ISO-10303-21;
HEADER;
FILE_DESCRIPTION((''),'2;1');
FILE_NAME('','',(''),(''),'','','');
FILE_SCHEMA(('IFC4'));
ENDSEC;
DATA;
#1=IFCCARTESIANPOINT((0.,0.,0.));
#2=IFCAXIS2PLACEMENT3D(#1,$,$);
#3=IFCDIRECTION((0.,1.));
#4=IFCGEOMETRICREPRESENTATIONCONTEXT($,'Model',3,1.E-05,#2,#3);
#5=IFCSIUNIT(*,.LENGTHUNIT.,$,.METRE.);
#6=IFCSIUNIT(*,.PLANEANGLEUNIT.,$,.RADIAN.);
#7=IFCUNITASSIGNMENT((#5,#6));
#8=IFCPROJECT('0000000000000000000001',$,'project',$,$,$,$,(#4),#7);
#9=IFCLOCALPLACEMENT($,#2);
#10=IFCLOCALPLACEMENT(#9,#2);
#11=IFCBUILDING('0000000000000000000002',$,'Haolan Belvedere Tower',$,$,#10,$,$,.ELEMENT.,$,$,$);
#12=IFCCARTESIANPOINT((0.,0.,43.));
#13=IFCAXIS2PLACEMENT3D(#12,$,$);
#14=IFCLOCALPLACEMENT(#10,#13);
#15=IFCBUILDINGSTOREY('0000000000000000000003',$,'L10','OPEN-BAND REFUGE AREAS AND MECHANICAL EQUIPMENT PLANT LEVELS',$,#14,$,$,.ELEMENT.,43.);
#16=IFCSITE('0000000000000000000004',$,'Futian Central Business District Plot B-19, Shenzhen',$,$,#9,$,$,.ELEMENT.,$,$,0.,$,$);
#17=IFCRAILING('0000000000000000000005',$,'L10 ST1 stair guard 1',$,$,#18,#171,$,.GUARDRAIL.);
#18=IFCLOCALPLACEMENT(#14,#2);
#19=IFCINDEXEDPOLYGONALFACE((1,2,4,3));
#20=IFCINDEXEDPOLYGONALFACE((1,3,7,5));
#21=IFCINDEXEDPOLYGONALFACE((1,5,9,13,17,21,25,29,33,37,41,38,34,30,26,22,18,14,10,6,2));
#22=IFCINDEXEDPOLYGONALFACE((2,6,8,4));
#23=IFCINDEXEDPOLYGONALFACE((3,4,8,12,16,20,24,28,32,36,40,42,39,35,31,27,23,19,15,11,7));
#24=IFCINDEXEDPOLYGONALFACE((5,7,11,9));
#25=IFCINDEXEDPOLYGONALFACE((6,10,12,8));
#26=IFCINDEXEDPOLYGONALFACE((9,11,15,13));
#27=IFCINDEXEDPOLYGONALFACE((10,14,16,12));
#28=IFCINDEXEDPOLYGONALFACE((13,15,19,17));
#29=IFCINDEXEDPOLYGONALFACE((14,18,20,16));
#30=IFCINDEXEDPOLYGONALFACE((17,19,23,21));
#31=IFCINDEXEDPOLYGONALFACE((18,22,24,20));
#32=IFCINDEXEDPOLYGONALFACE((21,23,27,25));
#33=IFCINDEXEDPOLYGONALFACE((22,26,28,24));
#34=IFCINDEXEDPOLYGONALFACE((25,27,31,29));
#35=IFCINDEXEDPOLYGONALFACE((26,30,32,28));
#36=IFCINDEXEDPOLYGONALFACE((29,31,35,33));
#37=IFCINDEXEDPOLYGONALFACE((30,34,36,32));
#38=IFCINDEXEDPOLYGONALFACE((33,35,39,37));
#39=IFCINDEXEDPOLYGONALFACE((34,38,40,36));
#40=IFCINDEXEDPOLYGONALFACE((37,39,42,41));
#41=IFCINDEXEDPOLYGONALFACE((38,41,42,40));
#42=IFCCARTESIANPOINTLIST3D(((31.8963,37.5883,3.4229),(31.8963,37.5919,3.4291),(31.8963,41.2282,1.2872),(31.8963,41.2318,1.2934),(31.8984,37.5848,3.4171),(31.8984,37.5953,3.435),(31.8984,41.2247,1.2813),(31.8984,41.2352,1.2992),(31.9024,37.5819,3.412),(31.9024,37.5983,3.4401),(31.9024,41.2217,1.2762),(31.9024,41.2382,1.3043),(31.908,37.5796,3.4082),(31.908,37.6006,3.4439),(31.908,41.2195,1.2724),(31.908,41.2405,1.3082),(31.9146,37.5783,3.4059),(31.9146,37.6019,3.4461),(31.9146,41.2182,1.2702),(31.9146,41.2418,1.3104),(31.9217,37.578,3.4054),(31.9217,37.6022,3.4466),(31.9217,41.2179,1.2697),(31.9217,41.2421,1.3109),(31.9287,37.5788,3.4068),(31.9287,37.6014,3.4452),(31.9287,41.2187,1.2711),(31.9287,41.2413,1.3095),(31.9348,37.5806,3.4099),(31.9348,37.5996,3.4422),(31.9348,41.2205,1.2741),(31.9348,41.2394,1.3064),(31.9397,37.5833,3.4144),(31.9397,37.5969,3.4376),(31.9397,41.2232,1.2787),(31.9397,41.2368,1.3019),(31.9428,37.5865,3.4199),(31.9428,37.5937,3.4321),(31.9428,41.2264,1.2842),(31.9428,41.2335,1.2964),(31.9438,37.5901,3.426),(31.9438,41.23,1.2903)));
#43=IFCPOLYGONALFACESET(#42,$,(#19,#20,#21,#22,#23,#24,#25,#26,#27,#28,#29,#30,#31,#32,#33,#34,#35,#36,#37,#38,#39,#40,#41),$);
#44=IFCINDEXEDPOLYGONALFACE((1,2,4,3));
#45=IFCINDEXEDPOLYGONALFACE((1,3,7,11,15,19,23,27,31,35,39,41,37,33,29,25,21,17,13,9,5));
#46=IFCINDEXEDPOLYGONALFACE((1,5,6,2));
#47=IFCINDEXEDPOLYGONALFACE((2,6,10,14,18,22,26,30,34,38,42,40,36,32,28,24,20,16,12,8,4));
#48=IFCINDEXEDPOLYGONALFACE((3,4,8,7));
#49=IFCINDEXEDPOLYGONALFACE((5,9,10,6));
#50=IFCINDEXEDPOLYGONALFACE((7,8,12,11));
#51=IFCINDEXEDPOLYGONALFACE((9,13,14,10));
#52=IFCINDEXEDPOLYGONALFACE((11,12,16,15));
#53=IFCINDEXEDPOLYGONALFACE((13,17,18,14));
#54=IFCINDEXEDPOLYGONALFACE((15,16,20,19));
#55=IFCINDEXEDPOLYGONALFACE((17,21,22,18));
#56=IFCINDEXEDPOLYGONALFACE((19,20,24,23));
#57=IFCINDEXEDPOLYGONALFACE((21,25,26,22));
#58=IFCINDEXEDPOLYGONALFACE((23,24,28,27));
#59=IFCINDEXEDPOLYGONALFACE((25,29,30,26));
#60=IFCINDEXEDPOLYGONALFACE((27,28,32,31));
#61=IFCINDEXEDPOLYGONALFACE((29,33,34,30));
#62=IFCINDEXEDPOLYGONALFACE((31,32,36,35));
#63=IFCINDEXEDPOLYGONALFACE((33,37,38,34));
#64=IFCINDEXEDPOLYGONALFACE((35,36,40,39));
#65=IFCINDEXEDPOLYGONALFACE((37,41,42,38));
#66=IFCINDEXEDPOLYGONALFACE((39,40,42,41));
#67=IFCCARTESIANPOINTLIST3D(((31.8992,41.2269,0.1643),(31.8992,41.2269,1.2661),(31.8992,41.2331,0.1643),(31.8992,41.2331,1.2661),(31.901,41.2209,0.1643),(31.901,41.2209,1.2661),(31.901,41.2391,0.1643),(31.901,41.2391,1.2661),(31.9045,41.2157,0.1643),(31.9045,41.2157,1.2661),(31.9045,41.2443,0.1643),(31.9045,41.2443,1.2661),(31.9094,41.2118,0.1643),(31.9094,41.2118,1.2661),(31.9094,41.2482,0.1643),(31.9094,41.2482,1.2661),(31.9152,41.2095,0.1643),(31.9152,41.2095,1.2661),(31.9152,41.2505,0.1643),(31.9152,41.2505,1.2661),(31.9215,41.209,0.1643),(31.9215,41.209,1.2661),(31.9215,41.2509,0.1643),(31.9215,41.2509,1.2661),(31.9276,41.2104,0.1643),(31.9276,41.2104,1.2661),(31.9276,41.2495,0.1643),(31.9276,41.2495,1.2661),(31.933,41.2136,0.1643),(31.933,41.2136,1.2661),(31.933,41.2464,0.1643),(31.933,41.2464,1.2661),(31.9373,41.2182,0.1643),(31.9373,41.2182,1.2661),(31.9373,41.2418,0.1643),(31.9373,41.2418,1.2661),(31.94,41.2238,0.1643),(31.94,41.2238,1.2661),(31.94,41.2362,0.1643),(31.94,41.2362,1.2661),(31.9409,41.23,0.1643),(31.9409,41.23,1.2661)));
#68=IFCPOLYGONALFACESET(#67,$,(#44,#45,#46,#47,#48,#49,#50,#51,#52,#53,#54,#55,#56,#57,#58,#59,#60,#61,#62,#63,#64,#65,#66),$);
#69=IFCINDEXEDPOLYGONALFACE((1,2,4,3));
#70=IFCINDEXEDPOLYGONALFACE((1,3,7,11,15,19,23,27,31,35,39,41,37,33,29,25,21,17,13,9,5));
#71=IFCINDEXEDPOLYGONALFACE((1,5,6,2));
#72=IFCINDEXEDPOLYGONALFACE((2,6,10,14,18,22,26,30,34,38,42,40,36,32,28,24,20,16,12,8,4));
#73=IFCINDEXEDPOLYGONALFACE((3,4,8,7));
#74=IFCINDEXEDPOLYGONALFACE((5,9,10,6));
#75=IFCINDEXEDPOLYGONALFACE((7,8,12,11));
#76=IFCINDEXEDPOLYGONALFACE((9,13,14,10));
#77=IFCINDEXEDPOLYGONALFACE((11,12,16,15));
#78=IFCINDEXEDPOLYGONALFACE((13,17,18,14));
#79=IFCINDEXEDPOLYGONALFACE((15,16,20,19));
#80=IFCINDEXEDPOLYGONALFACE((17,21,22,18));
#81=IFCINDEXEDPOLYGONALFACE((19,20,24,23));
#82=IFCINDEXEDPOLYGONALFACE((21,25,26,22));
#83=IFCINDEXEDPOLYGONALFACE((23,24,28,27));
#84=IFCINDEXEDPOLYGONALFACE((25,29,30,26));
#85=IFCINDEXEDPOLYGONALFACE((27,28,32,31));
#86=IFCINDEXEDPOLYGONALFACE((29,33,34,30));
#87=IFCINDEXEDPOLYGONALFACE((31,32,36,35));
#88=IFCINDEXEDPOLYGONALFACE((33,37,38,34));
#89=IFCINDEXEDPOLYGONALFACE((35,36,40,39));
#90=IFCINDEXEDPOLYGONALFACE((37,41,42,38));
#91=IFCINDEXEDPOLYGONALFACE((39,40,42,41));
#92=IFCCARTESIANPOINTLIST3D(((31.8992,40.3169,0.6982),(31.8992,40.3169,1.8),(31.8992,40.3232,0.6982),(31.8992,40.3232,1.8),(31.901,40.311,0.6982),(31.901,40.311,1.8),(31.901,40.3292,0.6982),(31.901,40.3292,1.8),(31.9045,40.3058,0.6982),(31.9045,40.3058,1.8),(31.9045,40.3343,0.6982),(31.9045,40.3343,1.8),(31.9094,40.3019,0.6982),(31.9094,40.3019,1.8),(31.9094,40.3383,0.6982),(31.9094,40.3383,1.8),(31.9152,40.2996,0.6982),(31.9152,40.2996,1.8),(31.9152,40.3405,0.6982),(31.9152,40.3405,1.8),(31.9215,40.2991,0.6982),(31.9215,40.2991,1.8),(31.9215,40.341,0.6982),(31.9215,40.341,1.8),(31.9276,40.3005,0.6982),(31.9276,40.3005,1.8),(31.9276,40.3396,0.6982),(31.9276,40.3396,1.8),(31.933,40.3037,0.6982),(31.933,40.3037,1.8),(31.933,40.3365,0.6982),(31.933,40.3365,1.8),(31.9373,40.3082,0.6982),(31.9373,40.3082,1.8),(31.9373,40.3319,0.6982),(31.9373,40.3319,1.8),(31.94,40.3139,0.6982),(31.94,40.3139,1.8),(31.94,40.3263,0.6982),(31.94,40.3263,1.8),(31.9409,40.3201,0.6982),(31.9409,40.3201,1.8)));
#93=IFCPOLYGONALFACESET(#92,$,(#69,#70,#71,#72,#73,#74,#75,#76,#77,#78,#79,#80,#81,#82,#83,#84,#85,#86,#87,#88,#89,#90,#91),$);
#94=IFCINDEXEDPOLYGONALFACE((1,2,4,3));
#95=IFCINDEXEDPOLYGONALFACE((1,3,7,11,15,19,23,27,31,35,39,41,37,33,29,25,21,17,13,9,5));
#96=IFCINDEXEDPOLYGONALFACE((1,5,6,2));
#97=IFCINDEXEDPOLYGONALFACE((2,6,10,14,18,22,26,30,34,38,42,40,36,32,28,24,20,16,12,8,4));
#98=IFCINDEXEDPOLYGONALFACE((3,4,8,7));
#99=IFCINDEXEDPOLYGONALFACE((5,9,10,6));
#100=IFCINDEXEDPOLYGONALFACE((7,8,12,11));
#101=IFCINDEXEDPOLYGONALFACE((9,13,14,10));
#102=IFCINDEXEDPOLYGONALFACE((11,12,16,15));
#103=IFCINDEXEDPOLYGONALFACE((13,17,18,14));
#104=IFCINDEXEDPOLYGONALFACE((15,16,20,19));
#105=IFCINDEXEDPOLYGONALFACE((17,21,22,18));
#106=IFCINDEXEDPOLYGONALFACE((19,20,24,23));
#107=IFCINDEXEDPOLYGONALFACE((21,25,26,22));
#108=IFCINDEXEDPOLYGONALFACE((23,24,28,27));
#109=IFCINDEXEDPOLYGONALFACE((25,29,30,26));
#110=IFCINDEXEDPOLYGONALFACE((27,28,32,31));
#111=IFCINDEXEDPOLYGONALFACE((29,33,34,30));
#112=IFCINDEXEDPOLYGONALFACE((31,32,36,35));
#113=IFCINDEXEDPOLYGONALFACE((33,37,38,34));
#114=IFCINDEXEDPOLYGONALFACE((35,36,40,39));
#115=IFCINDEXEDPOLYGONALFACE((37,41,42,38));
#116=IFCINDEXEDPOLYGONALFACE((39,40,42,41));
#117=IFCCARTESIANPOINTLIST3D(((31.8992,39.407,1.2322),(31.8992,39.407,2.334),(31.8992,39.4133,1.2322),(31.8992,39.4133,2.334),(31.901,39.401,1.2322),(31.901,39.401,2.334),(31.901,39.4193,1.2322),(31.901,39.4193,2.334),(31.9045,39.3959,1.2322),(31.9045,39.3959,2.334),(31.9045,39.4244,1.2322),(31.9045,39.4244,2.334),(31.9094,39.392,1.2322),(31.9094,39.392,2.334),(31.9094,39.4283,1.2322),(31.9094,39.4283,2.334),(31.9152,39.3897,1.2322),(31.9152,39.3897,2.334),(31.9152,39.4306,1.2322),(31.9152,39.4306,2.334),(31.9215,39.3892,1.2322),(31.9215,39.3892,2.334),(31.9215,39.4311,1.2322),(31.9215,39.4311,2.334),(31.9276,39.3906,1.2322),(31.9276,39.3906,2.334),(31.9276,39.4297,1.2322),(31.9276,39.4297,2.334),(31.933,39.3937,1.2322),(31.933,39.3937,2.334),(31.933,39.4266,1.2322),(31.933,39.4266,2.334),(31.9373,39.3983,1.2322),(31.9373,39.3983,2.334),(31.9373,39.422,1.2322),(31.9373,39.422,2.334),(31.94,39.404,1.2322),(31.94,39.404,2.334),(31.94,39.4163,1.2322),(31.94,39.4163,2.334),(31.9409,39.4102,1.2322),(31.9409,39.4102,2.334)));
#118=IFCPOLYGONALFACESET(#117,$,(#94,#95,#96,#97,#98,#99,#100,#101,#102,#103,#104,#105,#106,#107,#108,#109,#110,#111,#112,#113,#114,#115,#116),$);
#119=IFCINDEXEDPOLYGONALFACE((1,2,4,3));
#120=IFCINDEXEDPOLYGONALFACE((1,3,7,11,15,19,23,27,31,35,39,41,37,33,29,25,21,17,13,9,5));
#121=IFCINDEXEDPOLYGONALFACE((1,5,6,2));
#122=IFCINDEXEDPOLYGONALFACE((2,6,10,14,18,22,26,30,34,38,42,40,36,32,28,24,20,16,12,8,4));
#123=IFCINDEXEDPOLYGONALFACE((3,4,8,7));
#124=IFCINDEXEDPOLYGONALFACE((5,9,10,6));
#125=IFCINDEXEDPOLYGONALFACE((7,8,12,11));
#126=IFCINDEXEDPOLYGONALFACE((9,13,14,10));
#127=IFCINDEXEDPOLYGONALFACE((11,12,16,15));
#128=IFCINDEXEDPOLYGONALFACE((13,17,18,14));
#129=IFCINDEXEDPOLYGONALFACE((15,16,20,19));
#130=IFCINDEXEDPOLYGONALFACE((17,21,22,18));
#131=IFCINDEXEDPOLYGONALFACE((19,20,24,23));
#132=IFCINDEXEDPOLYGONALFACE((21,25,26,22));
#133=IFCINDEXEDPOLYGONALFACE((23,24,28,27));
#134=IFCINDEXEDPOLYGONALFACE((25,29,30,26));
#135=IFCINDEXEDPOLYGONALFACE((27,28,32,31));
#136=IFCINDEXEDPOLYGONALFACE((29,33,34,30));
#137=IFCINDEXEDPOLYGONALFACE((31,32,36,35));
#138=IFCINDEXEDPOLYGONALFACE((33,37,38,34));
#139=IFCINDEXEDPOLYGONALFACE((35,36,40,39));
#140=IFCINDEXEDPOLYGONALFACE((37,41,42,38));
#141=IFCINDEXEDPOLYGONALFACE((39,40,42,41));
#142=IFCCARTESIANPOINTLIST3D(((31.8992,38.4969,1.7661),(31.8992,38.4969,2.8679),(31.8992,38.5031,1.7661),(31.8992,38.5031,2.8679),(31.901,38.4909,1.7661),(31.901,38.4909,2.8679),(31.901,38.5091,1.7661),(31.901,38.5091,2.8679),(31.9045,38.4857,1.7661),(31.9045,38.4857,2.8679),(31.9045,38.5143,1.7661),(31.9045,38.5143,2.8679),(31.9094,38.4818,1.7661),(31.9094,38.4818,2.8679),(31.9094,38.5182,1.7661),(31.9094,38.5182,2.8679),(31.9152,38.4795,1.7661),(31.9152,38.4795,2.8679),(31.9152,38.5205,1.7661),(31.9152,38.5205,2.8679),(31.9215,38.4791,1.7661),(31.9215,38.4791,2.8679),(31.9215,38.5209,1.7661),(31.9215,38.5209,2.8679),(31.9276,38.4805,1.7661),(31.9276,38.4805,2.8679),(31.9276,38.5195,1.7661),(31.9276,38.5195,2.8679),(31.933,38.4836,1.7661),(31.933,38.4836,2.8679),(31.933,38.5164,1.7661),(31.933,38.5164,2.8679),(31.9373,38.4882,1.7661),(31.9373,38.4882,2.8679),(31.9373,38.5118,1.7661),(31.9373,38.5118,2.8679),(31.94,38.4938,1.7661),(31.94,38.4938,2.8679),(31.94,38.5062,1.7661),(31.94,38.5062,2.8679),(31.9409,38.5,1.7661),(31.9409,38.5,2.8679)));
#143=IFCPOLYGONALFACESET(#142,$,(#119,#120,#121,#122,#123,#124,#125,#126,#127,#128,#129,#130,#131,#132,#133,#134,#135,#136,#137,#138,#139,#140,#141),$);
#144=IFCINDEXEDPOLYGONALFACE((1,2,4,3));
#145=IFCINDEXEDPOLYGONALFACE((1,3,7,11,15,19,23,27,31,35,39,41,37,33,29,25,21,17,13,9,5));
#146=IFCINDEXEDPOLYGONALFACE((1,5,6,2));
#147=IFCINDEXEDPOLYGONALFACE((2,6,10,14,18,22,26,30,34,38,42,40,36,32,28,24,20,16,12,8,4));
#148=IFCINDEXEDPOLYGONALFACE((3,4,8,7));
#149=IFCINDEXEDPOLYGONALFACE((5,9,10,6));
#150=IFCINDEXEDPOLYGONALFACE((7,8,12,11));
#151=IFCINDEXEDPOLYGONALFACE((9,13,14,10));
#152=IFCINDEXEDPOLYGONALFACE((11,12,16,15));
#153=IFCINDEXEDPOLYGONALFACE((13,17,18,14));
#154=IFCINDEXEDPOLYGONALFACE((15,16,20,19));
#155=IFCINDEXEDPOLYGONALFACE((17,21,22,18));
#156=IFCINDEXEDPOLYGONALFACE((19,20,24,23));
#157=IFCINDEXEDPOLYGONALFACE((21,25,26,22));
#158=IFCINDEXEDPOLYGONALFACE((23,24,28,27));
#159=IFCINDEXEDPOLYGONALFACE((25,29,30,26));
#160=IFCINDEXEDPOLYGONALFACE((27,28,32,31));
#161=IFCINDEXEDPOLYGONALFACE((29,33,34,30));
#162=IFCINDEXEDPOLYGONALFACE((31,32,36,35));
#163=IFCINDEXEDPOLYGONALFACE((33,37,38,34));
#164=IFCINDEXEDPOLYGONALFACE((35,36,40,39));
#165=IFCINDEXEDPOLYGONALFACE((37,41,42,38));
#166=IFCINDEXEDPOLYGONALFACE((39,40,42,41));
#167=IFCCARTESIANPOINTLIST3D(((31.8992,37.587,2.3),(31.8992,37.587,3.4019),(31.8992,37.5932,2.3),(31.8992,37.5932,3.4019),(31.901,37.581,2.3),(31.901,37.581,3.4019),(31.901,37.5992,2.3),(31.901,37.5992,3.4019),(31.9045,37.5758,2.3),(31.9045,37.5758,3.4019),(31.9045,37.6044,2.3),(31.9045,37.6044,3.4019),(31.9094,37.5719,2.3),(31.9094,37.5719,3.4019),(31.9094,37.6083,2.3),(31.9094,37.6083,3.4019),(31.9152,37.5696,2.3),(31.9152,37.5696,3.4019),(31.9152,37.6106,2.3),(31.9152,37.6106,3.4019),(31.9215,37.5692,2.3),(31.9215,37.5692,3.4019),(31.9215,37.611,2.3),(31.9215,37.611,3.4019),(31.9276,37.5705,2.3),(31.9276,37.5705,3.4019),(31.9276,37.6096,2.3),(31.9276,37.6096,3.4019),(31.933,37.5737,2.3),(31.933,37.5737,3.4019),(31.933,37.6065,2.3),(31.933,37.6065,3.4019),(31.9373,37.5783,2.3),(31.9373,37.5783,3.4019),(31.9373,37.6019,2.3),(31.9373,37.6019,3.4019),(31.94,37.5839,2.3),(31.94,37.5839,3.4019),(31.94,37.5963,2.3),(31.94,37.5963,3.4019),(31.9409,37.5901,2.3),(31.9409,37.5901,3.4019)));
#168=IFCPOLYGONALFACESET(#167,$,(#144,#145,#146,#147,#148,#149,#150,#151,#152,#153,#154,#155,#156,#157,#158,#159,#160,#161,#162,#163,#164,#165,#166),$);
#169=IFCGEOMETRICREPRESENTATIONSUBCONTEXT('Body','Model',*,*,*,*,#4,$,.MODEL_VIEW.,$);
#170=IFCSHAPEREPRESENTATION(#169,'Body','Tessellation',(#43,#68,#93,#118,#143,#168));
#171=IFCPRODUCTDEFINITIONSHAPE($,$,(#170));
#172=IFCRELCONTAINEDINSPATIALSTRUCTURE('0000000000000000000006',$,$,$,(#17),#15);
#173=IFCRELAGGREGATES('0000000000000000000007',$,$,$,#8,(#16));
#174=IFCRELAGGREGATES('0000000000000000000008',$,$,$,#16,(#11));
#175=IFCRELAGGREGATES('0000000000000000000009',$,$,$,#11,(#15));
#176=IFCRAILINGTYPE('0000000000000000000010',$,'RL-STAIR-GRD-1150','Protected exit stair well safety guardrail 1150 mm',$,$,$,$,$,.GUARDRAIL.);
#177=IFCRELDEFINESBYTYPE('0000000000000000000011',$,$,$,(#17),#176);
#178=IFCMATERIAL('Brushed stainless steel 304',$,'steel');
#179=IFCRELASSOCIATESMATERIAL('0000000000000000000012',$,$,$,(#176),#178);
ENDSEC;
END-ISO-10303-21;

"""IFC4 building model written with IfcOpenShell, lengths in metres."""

from ifc_helpers import new_model, si_unit, direction, frame, origin, origin_2d, place, context, subcontext, project, spatial, circle, extrude, material, type_object, element, save


model = new_model("IFC4")

# Units and contexts
model_context = context("Model", 3, precision=1e-05, world=origin(), true_north=direction((0.0, 1.0)))
body_context = subcontext(model_context, "Body", "Model", "MODEL_VIEW")
ifc_project = project(units=[si_unit("LENGTHUNIT", "METRE"), si_unit("PLANEANGLEUNIT", "RADIAN")], contexts=[model_context])

# Site, building, storey
site_placement = place(None, origin())
site = spatial("IfcSite", under=ifc_project, at=site_placement, Name="Futian Central Business District Plot B-19, Shenzhen", CompositionType="ELEMENT", RefElevation=0.0)
building_placement = place(site_placement, origin())
building = spatial("IfcBuilding", under=site, at=building_placement, Name="Haolan Belvedere Tower", CompositionType="ELEMENT")
storey_placement = place(building_placement, frame((0.0, 0.0, 43.0)))
storey = spatial("IfcBuildingStorey", under=building, at=storey_placement, Name="L10", Description="OPEN-BAND REFUGE AREAS AND MECHANICAL EQUIPMENT PLANT LEVELS", CompositionType="ELEMENT", Elevation=43.0)

# Railing
ifc_material_1 = material(Name="Brushed stainless steel 304", Category="steel")
railing_type_1 = type_object("IfcRailingType", Name="RL-STAIR-GRD-1150", Description="Protected exit stair well safety guardrail 1150 mm", PredefinedType="GUARDRAIL", material=ifc_material_1)
railing_1_placement = place(storey_placement, frame((31.9199, 41.23, 0.1643)))
element("IfcRailing", 1, at=railing_1_placement, inside=storey, type_object=railing_type_1, Name="L10 ST1 stair guard 1", PredefinedType="GUARDRAIL", context=body_context, shape_type="SweptSolid", body=[
    extrude(circle(Radius=0.0239, at=origin_2d()), frame((0.0, 0.0, 1.126), z_axis=(0.0, -0.86249, 0.506074), x_axis=(1.0, 0.0, 0.0)), (0.0, 0.0, 1.0), 4.2202),
    extrude(circle(Radius=0.021, at=origin_2d()), origin(), (0.0, 0.0, 1.0), 1.1018),
    extrude(circle(Radius=0.021, at=origin_2d()), frame((0.0, -0.9099, 0.5339)), (0.0, 0.0, 1.0), 1.1018),
    extrude(circle(Radius=0.021, at=origin_2d()), frame((0.0, -1.8198, 1.0679)), (0.0, 0.0, 1.0), 1.1018),
    extrude(circle(Radius=0.021, at=origin_2d()), frame((0.0, -2.73, 1.6018)), (0.0, 0.0, 1.0), 1.1018),
    extrude(circle(Radius=0.021, at=origin_2d()), frame((0.0, -3.6399, 2.1357)), (0.0, 0.0, 1.0), 1.1018),
])

save(model, "model.ifc")
